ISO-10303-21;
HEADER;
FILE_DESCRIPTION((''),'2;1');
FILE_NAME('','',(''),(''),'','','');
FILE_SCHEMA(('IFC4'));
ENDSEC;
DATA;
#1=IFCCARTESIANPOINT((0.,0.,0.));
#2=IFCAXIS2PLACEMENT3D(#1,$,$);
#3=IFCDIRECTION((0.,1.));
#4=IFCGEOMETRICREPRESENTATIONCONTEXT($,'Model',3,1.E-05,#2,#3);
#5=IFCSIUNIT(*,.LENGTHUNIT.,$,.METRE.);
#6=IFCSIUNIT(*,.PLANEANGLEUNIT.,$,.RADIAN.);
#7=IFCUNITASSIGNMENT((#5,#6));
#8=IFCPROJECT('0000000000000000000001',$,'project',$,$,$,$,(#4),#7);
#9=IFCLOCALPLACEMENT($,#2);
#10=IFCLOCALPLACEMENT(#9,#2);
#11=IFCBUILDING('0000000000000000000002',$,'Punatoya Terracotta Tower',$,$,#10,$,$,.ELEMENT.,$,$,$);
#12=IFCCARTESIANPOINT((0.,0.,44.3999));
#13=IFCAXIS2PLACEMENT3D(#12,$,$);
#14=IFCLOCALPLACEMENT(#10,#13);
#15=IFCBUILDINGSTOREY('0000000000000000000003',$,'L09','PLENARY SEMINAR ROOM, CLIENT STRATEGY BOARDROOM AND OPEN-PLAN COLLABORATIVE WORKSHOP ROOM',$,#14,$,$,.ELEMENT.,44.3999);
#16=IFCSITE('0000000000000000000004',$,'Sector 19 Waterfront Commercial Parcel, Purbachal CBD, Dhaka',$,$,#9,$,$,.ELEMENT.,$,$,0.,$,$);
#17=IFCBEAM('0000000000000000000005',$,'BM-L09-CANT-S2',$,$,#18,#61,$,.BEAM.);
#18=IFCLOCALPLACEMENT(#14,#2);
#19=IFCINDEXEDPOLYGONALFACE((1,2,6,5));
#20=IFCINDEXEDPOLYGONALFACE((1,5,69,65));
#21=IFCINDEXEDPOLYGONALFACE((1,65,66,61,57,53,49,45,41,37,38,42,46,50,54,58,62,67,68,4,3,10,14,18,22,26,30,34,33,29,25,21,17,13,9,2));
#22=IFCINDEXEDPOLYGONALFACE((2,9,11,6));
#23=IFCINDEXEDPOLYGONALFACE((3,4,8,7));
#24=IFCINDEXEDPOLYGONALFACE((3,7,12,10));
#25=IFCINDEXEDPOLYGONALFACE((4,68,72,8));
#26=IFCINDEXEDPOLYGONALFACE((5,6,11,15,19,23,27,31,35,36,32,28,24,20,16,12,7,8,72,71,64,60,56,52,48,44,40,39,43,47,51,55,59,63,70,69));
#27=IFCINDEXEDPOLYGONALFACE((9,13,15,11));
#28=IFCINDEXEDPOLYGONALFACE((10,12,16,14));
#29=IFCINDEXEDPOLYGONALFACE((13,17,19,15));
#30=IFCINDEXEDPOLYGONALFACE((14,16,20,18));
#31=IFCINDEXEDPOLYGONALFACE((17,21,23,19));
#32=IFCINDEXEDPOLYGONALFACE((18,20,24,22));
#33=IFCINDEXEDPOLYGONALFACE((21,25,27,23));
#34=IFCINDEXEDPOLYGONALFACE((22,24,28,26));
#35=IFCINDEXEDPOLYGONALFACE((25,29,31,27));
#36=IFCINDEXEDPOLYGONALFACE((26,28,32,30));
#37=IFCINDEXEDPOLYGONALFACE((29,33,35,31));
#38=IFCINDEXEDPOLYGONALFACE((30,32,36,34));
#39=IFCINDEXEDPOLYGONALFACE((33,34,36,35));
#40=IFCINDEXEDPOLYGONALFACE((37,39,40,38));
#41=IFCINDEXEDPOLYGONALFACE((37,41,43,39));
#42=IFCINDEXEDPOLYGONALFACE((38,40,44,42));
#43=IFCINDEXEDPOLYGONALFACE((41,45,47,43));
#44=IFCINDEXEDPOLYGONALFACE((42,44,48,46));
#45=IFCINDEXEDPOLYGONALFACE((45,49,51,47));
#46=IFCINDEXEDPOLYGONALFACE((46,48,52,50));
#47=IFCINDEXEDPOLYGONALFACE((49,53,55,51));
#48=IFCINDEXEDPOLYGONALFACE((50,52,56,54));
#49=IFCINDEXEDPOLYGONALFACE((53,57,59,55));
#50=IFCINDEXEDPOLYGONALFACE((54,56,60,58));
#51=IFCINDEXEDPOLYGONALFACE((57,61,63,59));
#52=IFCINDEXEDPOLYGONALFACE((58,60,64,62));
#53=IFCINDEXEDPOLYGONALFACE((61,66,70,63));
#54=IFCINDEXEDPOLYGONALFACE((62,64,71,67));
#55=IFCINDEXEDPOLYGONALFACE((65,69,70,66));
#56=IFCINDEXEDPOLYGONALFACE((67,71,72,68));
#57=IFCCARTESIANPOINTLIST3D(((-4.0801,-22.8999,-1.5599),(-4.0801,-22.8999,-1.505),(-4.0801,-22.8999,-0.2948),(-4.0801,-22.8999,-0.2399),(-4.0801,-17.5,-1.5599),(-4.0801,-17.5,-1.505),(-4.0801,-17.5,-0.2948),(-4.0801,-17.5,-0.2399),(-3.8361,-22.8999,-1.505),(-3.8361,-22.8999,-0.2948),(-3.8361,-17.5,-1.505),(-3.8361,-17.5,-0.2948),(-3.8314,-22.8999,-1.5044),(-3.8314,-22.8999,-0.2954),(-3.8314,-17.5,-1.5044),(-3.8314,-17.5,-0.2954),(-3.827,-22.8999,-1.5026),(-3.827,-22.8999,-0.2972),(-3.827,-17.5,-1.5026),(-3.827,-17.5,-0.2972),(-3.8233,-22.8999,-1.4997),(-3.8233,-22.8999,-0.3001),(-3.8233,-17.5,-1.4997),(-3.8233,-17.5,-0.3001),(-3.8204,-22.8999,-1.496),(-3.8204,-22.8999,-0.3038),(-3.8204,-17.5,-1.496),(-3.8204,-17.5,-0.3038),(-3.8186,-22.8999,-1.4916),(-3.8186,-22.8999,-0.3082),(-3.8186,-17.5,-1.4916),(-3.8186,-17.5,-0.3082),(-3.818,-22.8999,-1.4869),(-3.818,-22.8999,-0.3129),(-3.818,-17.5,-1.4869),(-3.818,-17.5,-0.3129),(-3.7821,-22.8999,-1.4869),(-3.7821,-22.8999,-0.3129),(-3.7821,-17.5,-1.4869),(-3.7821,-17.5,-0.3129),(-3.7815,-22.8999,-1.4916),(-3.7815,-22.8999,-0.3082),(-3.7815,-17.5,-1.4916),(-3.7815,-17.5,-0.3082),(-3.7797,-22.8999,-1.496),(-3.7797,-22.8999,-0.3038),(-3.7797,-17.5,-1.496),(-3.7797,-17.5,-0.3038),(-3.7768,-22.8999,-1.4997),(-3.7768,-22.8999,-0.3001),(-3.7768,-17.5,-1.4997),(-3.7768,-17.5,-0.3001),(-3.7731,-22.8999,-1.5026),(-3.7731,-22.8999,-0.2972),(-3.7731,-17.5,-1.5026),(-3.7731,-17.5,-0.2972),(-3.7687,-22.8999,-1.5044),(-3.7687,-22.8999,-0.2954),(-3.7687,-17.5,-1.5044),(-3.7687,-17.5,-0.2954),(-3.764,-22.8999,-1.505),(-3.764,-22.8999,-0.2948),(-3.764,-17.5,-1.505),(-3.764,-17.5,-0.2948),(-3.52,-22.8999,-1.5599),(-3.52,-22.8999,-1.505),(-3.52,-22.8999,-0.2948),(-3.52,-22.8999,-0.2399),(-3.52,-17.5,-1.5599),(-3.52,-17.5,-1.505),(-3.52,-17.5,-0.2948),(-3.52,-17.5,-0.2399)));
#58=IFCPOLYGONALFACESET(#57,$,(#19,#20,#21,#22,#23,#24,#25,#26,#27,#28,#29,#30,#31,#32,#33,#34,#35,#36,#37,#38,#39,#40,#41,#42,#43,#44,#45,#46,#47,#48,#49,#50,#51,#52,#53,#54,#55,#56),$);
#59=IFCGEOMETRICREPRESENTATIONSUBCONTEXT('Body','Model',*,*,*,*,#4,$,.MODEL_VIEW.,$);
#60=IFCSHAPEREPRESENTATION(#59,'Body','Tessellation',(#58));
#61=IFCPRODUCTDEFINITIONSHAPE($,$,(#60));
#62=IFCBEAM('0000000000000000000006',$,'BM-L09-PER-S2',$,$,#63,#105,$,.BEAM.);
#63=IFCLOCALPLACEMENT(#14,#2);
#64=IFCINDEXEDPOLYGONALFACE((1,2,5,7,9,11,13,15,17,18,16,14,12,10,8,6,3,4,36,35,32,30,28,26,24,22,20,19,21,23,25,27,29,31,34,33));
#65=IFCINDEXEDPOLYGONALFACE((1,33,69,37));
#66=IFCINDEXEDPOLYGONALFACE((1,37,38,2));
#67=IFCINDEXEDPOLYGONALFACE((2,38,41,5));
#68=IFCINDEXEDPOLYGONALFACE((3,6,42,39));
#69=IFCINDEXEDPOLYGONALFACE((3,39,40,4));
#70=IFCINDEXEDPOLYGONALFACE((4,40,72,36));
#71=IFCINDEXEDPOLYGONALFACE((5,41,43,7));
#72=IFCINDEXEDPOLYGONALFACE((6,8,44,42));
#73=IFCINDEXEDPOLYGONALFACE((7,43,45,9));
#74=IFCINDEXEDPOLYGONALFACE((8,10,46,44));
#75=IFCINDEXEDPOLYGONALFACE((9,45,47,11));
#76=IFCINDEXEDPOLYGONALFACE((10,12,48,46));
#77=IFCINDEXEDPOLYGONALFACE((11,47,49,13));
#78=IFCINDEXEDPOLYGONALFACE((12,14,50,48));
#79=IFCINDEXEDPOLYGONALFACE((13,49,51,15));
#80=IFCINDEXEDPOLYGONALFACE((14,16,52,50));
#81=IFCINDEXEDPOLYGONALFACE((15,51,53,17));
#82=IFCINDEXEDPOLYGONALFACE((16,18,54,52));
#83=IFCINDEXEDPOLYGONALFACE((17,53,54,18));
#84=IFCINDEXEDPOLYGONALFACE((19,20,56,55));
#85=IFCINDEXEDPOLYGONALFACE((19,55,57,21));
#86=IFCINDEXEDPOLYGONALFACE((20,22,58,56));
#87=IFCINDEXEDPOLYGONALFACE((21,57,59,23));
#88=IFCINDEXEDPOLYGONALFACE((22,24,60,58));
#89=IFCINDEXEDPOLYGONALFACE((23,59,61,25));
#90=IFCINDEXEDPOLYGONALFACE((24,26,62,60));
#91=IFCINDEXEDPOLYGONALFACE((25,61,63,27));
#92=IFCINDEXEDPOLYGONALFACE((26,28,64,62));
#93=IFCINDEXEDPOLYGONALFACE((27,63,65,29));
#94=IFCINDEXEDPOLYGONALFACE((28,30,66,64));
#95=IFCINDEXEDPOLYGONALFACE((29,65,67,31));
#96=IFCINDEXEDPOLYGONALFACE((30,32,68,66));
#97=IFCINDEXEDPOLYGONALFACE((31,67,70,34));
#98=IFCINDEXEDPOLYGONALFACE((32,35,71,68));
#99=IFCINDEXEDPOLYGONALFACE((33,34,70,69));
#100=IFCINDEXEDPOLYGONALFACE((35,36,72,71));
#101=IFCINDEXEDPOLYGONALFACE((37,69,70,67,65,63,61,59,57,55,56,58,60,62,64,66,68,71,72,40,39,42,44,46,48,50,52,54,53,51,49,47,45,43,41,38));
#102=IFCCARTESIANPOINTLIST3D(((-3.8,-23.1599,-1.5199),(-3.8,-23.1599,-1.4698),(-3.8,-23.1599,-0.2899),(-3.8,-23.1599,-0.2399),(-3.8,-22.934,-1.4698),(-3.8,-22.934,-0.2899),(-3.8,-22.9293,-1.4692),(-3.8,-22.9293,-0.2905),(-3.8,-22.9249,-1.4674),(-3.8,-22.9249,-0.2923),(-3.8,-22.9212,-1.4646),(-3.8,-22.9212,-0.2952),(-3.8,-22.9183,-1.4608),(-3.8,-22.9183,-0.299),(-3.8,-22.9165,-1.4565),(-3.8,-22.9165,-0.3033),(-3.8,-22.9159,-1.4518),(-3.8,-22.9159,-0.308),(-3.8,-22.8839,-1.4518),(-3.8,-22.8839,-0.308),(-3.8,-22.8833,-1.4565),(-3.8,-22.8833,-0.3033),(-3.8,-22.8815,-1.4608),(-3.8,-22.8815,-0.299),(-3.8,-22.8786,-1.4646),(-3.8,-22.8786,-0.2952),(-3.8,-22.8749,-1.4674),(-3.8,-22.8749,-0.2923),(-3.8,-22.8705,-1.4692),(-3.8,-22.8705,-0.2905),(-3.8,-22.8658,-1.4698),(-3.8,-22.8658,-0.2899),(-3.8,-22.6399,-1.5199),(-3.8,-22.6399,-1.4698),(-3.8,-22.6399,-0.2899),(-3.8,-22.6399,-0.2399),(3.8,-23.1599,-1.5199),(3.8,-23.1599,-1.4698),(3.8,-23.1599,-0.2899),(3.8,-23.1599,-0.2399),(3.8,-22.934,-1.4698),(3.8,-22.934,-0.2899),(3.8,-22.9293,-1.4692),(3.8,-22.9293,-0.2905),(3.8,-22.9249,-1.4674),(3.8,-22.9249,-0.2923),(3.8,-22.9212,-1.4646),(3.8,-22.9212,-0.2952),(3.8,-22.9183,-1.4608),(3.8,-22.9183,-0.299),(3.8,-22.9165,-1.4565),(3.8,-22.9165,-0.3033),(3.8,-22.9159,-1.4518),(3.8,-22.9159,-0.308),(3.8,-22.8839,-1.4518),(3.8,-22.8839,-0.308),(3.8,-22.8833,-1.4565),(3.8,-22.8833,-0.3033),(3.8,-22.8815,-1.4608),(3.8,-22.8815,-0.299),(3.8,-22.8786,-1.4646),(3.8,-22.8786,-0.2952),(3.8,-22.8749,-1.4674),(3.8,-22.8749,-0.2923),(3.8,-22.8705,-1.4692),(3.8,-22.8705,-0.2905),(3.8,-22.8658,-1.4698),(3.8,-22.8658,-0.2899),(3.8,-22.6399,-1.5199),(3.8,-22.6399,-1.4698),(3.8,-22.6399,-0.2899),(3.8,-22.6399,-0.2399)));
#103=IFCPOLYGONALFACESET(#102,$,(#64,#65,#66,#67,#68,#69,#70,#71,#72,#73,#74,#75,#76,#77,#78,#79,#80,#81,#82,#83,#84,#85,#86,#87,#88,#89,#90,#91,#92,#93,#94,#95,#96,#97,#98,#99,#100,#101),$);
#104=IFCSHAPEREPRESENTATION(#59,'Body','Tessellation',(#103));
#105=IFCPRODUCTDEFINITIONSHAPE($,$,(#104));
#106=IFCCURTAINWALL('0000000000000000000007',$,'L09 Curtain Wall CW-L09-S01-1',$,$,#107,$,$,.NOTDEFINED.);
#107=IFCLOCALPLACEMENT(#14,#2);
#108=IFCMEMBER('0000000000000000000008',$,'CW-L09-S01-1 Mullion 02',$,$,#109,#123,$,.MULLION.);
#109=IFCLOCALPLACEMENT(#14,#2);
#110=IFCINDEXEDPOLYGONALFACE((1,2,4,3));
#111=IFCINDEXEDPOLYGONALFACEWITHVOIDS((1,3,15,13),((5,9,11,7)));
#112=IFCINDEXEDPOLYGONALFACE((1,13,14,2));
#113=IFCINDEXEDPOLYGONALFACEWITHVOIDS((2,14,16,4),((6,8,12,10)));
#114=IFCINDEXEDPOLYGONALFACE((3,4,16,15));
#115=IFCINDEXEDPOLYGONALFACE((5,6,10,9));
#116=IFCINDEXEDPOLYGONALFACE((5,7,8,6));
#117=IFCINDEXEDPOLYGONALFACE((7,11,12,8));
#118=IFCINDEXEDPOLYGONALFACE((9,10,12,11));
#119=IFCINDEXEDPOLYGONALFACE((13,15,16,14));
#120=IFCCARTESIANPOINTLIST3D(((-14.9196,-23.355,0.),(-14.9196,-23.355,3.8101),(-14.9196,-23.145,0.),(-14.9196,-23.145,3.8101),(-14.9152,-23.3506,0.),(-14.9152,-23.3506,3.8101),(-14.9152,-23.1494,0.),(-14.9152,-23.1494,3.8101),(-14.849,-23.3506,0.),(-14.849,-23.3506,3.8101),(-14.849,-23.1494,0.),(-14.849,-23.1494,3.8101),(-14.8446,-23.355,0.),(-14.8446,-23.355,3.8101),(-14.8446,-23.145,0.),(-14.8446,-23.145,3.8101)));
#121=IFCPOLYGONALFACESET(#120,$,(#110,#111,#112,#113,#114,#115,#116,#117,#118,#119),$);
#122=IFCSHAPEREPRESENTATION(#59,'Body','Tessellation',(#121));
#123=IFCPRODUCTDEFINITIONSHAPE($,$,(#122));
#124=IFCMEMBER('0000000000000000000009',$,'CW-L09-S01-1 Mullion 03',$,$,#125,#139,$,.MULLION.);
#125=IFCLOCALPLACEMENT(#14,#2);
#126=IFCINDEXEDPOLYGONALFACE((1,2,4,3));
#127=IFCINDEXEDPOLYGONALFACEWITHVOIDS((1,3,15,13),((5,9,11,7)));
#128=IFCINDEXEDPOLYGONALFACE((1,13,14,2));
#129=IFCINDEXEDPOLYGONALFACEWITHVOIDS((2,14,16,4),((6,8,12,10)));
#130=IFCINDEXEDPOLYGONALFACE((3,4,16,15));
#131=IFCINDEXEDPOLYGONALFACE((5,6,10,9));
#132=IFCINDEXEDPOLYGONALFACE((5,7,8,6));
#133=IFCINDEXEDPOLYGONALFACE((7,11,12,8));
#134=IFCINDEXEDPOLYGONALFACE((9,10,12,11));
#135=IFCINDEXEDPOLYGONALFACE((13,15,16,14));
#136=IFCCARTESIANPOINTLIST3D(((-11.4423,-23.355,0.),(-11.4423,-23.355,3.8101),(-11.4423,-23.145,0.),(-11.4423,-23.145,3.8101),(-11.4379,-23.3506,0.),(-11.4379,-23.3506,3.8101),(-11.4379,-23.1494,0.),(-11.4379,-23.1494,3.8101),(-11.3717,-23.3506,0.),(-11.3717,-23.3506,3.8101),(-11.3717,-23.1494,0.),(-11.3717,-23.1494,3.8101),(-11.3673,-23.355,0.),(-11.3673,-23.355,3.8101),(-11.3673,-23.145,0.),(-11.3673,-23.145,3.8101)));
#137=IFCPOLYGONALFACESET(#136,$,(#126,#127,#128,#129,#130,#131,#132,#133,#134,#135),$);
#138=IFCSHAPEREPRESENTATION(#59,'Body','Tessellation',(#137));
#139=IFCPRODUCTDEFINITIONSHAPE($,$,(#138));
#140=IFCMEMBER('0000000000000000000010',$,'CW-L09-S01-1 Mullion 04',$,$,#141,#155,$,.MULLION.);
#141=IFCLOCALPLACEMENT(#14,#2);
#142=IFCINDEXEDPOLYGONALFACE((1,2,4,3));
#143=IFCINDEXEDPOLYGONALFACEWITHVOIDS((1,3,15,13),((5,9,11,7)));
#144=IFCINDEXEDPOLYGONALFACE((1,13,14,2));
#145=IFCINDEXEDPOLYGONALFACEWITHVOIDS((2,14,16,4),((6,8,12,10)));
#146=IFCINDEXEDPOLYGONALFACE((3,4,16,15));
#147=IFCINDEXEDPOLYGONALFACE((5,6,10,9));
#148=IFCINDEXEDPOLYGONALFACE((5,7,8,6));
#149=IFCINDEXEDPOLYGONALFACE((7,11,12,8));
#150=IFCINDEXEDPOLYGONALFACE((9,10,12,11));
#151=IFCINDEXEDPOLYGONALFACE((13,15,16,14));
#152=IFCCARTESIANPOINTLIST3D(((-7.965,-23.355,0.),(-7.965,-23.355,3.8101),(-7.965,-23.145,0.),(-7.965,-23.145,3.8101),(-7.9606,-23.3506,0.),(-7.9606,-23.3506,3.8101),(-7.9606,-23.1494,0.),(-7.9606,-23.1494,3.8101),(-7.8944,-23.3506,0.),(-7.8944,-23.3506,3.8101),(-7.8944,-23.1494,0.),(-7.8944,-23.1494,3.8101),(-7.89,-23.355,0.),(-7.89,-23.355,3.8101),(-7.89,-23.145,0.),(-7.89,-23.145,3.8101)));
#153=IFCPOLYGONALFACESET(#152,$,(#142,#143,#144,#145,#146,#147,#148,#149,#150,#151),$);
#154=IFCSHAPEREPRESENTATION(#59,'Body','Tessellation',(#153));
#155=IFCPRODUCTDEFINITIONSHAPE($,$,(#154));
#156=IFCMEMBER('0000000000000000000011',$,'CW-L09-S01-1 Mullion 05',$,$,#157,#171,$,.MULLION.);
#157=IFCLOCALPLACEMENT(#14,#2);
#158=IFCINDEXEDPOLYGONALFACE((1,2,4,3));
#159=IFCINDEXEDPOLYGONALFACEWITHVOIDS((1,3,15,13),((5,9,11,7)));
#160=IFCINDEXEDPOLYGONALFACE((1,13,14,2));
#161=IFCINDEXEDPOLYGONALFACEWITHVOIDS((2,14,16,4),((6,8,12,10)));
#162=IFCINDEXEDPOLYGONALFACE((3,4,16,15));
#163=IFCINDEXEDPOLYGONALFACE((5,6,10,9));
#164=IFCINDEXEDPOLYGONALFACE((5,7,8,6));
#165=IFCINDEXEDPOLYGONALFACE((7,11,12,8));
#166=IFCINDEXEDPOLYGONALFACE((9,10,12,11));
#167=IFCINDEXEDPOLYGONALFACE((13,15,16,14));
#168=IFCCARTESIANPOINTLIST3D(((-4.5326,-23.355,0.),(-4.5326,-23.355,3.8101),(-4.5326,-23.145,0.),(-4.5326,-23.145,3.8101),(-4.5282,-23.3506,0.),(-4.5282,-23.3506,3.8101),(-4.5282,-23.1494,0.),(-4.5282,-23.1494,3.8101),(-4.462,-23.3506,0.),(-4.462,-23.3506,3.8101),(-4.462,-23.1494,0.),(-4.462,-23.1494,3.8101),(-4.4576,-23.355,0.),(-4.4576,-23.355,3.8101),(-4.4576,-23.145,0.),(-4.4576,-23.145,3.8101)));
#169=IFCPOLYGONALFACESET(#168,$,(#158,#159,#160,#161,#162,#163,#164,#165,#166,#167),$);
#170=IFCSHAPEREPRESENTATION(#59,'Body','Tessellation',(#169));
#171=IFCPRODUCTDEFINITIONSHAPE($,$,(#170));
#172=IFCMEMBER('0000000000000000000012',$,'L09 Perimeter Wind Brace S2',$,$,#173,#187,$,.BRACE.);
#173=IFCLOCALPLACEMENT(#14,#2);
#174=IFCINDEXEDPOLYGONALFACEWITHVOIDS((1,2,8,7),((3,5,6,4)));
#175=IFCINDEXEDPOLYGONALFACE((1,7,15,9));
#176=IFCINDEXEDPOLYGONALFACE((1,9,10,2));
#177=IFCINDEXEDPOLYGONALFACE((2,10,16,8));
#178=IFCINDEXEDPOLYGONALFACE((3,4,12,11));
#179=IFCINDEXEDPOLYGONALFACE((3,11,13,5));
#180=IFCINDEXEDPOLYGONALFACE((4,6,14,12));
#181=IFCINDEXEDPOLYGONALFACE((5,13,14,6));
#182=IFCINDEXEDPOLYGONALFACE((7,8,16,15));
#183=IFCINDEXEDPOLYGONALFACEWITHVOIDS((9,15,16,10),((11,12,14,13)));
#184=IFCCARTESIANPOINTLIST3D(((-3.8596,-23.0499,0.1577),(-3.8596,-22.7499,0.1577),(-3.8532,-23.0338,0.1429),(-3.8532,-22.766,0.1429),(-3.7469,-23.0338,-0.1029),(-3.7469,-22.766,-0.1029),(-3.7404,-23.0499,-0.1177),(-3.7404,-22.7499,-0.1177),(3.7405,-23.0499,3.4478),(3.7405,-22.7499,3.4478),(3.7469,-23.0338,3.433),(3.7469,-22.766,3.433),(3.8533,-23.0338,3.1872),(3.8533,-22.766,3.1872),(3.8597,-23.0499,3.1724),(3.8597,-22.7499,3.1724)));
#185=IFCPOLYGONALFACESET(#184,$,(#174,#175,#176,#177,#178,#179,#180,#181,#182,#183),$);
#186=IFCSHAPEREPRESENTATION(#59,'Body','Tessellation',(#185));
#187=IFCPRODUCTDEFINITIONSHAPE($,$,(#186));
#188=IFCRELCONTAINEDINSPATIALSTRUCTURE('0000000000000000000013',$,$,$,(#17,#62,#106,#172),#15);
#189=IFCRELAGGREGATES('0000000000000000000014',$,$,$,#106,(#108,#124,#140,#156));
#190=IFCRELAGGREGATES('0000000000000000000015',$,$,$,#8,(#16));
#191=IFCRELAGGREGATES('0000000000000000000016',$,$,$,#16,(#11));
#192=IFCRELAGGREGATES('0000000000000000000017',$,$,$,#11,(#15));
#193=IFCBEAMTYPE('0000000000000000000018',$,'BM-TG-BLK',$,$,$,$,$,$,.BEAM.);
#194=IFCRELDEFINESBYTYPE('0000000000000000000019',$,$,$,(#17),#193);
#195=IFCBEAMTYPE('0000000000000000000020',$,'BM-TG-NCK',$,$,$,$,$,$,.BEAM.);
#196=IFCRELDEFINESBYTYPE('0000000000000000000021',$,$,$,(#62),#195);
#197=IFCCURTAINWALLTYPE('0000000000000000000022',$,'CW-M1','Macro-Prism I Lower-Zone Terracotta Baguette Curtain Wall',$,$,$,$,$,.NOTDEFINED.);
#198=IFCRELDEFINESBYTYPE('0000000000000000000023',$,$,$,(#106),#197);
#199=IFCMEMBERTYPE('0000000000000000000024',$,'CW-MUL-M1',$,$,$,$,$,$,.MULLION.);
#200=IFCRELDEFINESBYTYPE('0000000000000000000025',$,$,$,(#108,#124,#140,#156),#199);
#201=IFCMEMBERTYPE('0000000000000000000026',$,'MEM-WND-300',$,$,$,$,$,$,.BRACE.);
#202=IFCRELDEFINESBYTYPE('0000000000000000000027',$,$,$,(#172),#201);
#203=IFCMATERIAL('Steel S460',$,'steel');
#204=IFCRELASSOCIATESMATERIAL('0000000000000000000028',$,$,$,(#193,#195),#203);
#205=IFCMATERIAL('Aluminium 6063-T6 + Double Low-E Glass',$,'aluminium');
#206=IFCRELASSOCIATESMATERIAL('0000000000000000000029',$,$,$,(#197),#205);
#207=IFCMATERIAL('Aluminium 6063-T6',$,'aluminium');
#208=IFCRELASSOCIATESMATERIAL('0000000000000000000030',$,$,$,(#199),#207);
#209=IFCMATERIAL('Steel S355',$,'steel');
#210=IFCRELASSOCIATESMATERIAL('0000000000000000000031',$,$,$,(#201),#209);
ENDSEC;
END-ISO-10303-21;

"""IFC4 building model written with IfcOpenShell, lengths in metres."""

from ifc_helpers import new_model, si_unit, direction, frame, origin, origin_2d, place, context, subcontext, project, spatial, hollow_rectangle, i_section, extrude, material, material_profile, profile_set, type_object, element, aggregate, save


model = new_model("IFC4")

# Units and contexts
model_context = context("Model", 3, precision=1e-05, world=origin(), true_north=direction((0.0, 1.0)))
body_context = subcontext(model_context, "Body", "Model", "MODEL_VIEW")
ifc_project = project(units=[si_unit("LENGTHUNIT", "METRE"), si_unit("PLANEANGLEUNIT", "RADIAN")], contexts=[model_context])

# Site, building, storey
site_placement = place(None, origin())
site = spatial("IfcSite", under=ifc_project, at=site_placement, Name="Sector 19 Waterfront Commercial Parcel, Purbachal CBD, Dhaka", CompositionType="ELEMENT", RefElevation=0.0)
building_placement = place(site_placement, origin())
building = spatial("IfcBuilding", under=site, at=building_placement, Name="Punatoya Terracotta Tower", CompositionType="ELEMENT")
storey_placement = place(building_placement, frame((0.0, 0.0, 44.3999)))
storey = spatial("IfcBuildingStorey", under=building, at=storey_placement, Name="L09", Description="PLENARY SEMINAR ROOM, CLIENT STRATEGY BOARDROOM AND OPEN-PLAN COLLABORATIVE WORKSHOP ROOM", CompositionType="ELEMENT", Elevation=44.3999)

# Shared definitions
ifc_material_1 = material(Name="Steel S460", Category="steel")

# Beams
ifc_material_2 = material(Name="Steel S355", Category="steel")
ifc_material_profile_1 = material_profile(ifc_material_1, i_section(OverallWidth=0.5601, OverallDepth=1.3201, WebThickness=0.0359, FlangeThickness=0.0549, FilletRadius=0.0181, at=origin_2d()))
ifc_profile_set_1 = profile_set([ifc_material_profile_1], Name="Steel S460")
beam_type_1 = type_object("IfcBeamType", Name="BM-TG-BLK", PredefinedType="BEAM", material=ifc_profile_set_1)
beam_1_placement = place(storey_placement, frame((-3.8, -22.8999, -0.8999), z_axis=(0.0, 1.0, 0.0), x_axis=(-1.0, 0.0, 0.0)))
element("IfcBeam", 1, at=beam_1_placement, inside=storey, type_object=beam_type_1, Name="BM-L09-CANT-S2", PredefinedType="BEAM", context=body_context, shape_type="SweptSolid", body=[
    extrude(i_section(OverallWidth=0.5601, OverallDepth=1.3201, WebThickness=0.0359, FlangeThickness=0.0549, FilletRadius=0.0181, at=origin_2d()), origin(), (0.0, 0.0, 1.0), 5.3999),
])
ifc_material_profile_2 = material_profile(ifc_material_1, i_section(OverallWidth=0.52, OverallDepth=1.28, WebThickness=0.032, FlangeThickness=0.05, FilletRadius=0.0181, at=origin_2d()))
ifc_profile_set_2 = profile_set([ifc_material_profile_2], Name="Steel S460")
beam_type_2 = type_object("IfcBeamType", Name="BM-TG-NCK", PredefinedType="BEAM", material=ifc_profile_set_2)
beam_2_placement = place(storey_placement, frame((-3.8, -22.8999, -0.8799), z_axis=(1.0, 0.0, 0.0), x_axis=(0.0, 1.0, 0.0)))
element("IfcBeam", 2, at=beam_2_placement, inside=storey, type_object=beam_type_2, Name="BM-L09-PER-S2", PredefinedType="BEAM", context=body_context, shape_type="SweptSolid", body=[
    extrude(i_section(OverallWidth=0.52, OverallDepth=1.28, WebThickness=0.032, FlangeThickness=0.05, FilletRadius=0.0181, at=origin_2d()), origin(), (0.0, 0.0, 1.0), 7.6001),
])

# Curtain wall, members
ifc_material_3 = material(Name="Aluminium 6063-T6 + Double Low-E Glass", Category="aluminium")
curtain_wall_type = type_object("IfcCurtainWallType", Name="CW-M1", Description="Macro-Prism I Lower-Zone Terracotta Baguette Curtain Wall", PredefinedType="NOTDEFINED", material=ifc_material_3)
curtain_wall_placement = place(storey_placement, origin())
curtain_wall = element("IfcCurtainWall", 3, at=curtain_wall_placement, inside=storey, type_object=curtain_wall_type, Name="L09 Curtain Wall CW-L09-S01-1", PredefinedType="NOTDEFINED")
ifc_material_4 = material(Name="Aluminium 6063-T6", Category="aluminium")
ifc_material_profile_3 = material_profile(ifc_material_4, hollow_rectangle(XDim=0.075, YDim=0.21, WallThickness=0.0044, at=origin_2d()))
ifc_profile_set_3 = profile_set([ifc_material_profile_3], Name="Aluminium 6063-T6")
member_type_1 = type_object("IfcMemberType", Name="CW-MUL-M1", PredefinedType="MULLION", material=ifc_profile_set_3)
member_1_placement = place(storey_placement, frame((-14.8821, -23.25, 0.0), z_axis=(0.0, 0.0, 1.0), x_axis=(1.0, 0.0, 0.0)))
member_1 = element("IfcMember", 4, at=member_1_placement, type_object=member_type_1, Name="CW-L09-S01-1 Mullion 02", PredefinedType="MULLION", context=body_context, shape_type="SweptSolid", body=[
    extrude(hollow_rectangle(XDim=0.075, YDim=0.21, WallThickness=0.0044, at=origin_2d()), origin(), (0.0, 0.0, 1.0), 3.8101),
])
member_2_placement = place(storey_placement, frame((-11.4048, -23.25, 0.0), z_axis=(0.0, 0.0, 1.0), x_axis=(1.0, 0.0, 0.0)))
member_2 = element("IfcMember", 5, at=member_2_placement, type_object=member_type_1, Name="CW-L09-S01-1 Mullion 03", PredefinedType="MULLION", context=body_context, shape_type="SweptSolid", body=[
    extrude(hollow_rectangle(XDim=0.075, YDim=0.21, WallThickness=0.0044, at=origin_2d()), origin(), (0.0, 0.0, 1.0), 3.8101),
])
member_3_placement = place(storey_placement, frame((-7.9275, -23.25, 0.0), z_axis=(0.0, 0.0, 1.0), x_axis=(1.0, 0.0, 0.0)))
member_3 = element("IfcMember", 6, at=member_3_placement, type_object=member_type_1, Name="CW-L09-S01-1 Mullion 04", PredefinedType="MULLION", context=body_context, shape_type="SweptSolid", body=[
    extrude(hollow_rectangle(XDim=0.075, YDim=0.21, WallThickness=0.0044, at=origin_2d()), origin(), (0.0, 0.0, 1.0), 3.8101),
])
member_4_placement = place(storey_placement, frame((-4.4951, -23.25, 0.0), z_axis=(0.0, 0.0, 1.0), x_axis=(1.0, 0.0, 0.0)))
member_4 = element("IfcMember", 7, at=member_4_placement, type_object=member_type_1, Name="CW-L09-S01-1 Mullion 05", PredefinedType="MULLION", context=body_context, shape_type="SweptSolid", body=[
    extrude(hollow_rectangle(XDim=0.075, YDim=0.21, WallThickness=0.0044, at=origin_2d()), origin(), (0.0, 0.0, 1.0), 3.8101),
])

# Member
ifc_material_profile_4 = material_profile(ifc_material_2, hollow_rectangle(XDim=0.3, YDim=0.3, WallThickness=0.0161, at=origin_2d()))
ifc_profile_set_4 = profile_set([ifc_material_profile_4], Name="Steel S355")
member_type_2 = type_object("IfcMemberType", Name="MEM-WND-300", PredefinedType="BRACE", material=ifc_profile_set_4)
member_5_placement = place(storey_placement, frame((-3.8, -22.8999, 0.02), z_axis=(0.917703, 0.0, 0.397268), x_axis=(0.0, 1.0, 0.0)))
element("IfcMember", 8, at=member_5_placement, inside=storey, type_object=member_type_2, Name="L09 Perimeter Wind Brace S2", PredefinedType="BRACE", context=body_context, shape_type="SweptSolid", body=[
    extrude(hollow_rectangle(XDim=0.3, YDim=0.3, WallThickness=0.0161, at=origin_2d()), origin(), (0.0, 0.0, 1.0), 8.2817),
])

aggregate(curtain_wall, [member_1, member_2, member_3, member_4])

save(model, "model.ifc")
